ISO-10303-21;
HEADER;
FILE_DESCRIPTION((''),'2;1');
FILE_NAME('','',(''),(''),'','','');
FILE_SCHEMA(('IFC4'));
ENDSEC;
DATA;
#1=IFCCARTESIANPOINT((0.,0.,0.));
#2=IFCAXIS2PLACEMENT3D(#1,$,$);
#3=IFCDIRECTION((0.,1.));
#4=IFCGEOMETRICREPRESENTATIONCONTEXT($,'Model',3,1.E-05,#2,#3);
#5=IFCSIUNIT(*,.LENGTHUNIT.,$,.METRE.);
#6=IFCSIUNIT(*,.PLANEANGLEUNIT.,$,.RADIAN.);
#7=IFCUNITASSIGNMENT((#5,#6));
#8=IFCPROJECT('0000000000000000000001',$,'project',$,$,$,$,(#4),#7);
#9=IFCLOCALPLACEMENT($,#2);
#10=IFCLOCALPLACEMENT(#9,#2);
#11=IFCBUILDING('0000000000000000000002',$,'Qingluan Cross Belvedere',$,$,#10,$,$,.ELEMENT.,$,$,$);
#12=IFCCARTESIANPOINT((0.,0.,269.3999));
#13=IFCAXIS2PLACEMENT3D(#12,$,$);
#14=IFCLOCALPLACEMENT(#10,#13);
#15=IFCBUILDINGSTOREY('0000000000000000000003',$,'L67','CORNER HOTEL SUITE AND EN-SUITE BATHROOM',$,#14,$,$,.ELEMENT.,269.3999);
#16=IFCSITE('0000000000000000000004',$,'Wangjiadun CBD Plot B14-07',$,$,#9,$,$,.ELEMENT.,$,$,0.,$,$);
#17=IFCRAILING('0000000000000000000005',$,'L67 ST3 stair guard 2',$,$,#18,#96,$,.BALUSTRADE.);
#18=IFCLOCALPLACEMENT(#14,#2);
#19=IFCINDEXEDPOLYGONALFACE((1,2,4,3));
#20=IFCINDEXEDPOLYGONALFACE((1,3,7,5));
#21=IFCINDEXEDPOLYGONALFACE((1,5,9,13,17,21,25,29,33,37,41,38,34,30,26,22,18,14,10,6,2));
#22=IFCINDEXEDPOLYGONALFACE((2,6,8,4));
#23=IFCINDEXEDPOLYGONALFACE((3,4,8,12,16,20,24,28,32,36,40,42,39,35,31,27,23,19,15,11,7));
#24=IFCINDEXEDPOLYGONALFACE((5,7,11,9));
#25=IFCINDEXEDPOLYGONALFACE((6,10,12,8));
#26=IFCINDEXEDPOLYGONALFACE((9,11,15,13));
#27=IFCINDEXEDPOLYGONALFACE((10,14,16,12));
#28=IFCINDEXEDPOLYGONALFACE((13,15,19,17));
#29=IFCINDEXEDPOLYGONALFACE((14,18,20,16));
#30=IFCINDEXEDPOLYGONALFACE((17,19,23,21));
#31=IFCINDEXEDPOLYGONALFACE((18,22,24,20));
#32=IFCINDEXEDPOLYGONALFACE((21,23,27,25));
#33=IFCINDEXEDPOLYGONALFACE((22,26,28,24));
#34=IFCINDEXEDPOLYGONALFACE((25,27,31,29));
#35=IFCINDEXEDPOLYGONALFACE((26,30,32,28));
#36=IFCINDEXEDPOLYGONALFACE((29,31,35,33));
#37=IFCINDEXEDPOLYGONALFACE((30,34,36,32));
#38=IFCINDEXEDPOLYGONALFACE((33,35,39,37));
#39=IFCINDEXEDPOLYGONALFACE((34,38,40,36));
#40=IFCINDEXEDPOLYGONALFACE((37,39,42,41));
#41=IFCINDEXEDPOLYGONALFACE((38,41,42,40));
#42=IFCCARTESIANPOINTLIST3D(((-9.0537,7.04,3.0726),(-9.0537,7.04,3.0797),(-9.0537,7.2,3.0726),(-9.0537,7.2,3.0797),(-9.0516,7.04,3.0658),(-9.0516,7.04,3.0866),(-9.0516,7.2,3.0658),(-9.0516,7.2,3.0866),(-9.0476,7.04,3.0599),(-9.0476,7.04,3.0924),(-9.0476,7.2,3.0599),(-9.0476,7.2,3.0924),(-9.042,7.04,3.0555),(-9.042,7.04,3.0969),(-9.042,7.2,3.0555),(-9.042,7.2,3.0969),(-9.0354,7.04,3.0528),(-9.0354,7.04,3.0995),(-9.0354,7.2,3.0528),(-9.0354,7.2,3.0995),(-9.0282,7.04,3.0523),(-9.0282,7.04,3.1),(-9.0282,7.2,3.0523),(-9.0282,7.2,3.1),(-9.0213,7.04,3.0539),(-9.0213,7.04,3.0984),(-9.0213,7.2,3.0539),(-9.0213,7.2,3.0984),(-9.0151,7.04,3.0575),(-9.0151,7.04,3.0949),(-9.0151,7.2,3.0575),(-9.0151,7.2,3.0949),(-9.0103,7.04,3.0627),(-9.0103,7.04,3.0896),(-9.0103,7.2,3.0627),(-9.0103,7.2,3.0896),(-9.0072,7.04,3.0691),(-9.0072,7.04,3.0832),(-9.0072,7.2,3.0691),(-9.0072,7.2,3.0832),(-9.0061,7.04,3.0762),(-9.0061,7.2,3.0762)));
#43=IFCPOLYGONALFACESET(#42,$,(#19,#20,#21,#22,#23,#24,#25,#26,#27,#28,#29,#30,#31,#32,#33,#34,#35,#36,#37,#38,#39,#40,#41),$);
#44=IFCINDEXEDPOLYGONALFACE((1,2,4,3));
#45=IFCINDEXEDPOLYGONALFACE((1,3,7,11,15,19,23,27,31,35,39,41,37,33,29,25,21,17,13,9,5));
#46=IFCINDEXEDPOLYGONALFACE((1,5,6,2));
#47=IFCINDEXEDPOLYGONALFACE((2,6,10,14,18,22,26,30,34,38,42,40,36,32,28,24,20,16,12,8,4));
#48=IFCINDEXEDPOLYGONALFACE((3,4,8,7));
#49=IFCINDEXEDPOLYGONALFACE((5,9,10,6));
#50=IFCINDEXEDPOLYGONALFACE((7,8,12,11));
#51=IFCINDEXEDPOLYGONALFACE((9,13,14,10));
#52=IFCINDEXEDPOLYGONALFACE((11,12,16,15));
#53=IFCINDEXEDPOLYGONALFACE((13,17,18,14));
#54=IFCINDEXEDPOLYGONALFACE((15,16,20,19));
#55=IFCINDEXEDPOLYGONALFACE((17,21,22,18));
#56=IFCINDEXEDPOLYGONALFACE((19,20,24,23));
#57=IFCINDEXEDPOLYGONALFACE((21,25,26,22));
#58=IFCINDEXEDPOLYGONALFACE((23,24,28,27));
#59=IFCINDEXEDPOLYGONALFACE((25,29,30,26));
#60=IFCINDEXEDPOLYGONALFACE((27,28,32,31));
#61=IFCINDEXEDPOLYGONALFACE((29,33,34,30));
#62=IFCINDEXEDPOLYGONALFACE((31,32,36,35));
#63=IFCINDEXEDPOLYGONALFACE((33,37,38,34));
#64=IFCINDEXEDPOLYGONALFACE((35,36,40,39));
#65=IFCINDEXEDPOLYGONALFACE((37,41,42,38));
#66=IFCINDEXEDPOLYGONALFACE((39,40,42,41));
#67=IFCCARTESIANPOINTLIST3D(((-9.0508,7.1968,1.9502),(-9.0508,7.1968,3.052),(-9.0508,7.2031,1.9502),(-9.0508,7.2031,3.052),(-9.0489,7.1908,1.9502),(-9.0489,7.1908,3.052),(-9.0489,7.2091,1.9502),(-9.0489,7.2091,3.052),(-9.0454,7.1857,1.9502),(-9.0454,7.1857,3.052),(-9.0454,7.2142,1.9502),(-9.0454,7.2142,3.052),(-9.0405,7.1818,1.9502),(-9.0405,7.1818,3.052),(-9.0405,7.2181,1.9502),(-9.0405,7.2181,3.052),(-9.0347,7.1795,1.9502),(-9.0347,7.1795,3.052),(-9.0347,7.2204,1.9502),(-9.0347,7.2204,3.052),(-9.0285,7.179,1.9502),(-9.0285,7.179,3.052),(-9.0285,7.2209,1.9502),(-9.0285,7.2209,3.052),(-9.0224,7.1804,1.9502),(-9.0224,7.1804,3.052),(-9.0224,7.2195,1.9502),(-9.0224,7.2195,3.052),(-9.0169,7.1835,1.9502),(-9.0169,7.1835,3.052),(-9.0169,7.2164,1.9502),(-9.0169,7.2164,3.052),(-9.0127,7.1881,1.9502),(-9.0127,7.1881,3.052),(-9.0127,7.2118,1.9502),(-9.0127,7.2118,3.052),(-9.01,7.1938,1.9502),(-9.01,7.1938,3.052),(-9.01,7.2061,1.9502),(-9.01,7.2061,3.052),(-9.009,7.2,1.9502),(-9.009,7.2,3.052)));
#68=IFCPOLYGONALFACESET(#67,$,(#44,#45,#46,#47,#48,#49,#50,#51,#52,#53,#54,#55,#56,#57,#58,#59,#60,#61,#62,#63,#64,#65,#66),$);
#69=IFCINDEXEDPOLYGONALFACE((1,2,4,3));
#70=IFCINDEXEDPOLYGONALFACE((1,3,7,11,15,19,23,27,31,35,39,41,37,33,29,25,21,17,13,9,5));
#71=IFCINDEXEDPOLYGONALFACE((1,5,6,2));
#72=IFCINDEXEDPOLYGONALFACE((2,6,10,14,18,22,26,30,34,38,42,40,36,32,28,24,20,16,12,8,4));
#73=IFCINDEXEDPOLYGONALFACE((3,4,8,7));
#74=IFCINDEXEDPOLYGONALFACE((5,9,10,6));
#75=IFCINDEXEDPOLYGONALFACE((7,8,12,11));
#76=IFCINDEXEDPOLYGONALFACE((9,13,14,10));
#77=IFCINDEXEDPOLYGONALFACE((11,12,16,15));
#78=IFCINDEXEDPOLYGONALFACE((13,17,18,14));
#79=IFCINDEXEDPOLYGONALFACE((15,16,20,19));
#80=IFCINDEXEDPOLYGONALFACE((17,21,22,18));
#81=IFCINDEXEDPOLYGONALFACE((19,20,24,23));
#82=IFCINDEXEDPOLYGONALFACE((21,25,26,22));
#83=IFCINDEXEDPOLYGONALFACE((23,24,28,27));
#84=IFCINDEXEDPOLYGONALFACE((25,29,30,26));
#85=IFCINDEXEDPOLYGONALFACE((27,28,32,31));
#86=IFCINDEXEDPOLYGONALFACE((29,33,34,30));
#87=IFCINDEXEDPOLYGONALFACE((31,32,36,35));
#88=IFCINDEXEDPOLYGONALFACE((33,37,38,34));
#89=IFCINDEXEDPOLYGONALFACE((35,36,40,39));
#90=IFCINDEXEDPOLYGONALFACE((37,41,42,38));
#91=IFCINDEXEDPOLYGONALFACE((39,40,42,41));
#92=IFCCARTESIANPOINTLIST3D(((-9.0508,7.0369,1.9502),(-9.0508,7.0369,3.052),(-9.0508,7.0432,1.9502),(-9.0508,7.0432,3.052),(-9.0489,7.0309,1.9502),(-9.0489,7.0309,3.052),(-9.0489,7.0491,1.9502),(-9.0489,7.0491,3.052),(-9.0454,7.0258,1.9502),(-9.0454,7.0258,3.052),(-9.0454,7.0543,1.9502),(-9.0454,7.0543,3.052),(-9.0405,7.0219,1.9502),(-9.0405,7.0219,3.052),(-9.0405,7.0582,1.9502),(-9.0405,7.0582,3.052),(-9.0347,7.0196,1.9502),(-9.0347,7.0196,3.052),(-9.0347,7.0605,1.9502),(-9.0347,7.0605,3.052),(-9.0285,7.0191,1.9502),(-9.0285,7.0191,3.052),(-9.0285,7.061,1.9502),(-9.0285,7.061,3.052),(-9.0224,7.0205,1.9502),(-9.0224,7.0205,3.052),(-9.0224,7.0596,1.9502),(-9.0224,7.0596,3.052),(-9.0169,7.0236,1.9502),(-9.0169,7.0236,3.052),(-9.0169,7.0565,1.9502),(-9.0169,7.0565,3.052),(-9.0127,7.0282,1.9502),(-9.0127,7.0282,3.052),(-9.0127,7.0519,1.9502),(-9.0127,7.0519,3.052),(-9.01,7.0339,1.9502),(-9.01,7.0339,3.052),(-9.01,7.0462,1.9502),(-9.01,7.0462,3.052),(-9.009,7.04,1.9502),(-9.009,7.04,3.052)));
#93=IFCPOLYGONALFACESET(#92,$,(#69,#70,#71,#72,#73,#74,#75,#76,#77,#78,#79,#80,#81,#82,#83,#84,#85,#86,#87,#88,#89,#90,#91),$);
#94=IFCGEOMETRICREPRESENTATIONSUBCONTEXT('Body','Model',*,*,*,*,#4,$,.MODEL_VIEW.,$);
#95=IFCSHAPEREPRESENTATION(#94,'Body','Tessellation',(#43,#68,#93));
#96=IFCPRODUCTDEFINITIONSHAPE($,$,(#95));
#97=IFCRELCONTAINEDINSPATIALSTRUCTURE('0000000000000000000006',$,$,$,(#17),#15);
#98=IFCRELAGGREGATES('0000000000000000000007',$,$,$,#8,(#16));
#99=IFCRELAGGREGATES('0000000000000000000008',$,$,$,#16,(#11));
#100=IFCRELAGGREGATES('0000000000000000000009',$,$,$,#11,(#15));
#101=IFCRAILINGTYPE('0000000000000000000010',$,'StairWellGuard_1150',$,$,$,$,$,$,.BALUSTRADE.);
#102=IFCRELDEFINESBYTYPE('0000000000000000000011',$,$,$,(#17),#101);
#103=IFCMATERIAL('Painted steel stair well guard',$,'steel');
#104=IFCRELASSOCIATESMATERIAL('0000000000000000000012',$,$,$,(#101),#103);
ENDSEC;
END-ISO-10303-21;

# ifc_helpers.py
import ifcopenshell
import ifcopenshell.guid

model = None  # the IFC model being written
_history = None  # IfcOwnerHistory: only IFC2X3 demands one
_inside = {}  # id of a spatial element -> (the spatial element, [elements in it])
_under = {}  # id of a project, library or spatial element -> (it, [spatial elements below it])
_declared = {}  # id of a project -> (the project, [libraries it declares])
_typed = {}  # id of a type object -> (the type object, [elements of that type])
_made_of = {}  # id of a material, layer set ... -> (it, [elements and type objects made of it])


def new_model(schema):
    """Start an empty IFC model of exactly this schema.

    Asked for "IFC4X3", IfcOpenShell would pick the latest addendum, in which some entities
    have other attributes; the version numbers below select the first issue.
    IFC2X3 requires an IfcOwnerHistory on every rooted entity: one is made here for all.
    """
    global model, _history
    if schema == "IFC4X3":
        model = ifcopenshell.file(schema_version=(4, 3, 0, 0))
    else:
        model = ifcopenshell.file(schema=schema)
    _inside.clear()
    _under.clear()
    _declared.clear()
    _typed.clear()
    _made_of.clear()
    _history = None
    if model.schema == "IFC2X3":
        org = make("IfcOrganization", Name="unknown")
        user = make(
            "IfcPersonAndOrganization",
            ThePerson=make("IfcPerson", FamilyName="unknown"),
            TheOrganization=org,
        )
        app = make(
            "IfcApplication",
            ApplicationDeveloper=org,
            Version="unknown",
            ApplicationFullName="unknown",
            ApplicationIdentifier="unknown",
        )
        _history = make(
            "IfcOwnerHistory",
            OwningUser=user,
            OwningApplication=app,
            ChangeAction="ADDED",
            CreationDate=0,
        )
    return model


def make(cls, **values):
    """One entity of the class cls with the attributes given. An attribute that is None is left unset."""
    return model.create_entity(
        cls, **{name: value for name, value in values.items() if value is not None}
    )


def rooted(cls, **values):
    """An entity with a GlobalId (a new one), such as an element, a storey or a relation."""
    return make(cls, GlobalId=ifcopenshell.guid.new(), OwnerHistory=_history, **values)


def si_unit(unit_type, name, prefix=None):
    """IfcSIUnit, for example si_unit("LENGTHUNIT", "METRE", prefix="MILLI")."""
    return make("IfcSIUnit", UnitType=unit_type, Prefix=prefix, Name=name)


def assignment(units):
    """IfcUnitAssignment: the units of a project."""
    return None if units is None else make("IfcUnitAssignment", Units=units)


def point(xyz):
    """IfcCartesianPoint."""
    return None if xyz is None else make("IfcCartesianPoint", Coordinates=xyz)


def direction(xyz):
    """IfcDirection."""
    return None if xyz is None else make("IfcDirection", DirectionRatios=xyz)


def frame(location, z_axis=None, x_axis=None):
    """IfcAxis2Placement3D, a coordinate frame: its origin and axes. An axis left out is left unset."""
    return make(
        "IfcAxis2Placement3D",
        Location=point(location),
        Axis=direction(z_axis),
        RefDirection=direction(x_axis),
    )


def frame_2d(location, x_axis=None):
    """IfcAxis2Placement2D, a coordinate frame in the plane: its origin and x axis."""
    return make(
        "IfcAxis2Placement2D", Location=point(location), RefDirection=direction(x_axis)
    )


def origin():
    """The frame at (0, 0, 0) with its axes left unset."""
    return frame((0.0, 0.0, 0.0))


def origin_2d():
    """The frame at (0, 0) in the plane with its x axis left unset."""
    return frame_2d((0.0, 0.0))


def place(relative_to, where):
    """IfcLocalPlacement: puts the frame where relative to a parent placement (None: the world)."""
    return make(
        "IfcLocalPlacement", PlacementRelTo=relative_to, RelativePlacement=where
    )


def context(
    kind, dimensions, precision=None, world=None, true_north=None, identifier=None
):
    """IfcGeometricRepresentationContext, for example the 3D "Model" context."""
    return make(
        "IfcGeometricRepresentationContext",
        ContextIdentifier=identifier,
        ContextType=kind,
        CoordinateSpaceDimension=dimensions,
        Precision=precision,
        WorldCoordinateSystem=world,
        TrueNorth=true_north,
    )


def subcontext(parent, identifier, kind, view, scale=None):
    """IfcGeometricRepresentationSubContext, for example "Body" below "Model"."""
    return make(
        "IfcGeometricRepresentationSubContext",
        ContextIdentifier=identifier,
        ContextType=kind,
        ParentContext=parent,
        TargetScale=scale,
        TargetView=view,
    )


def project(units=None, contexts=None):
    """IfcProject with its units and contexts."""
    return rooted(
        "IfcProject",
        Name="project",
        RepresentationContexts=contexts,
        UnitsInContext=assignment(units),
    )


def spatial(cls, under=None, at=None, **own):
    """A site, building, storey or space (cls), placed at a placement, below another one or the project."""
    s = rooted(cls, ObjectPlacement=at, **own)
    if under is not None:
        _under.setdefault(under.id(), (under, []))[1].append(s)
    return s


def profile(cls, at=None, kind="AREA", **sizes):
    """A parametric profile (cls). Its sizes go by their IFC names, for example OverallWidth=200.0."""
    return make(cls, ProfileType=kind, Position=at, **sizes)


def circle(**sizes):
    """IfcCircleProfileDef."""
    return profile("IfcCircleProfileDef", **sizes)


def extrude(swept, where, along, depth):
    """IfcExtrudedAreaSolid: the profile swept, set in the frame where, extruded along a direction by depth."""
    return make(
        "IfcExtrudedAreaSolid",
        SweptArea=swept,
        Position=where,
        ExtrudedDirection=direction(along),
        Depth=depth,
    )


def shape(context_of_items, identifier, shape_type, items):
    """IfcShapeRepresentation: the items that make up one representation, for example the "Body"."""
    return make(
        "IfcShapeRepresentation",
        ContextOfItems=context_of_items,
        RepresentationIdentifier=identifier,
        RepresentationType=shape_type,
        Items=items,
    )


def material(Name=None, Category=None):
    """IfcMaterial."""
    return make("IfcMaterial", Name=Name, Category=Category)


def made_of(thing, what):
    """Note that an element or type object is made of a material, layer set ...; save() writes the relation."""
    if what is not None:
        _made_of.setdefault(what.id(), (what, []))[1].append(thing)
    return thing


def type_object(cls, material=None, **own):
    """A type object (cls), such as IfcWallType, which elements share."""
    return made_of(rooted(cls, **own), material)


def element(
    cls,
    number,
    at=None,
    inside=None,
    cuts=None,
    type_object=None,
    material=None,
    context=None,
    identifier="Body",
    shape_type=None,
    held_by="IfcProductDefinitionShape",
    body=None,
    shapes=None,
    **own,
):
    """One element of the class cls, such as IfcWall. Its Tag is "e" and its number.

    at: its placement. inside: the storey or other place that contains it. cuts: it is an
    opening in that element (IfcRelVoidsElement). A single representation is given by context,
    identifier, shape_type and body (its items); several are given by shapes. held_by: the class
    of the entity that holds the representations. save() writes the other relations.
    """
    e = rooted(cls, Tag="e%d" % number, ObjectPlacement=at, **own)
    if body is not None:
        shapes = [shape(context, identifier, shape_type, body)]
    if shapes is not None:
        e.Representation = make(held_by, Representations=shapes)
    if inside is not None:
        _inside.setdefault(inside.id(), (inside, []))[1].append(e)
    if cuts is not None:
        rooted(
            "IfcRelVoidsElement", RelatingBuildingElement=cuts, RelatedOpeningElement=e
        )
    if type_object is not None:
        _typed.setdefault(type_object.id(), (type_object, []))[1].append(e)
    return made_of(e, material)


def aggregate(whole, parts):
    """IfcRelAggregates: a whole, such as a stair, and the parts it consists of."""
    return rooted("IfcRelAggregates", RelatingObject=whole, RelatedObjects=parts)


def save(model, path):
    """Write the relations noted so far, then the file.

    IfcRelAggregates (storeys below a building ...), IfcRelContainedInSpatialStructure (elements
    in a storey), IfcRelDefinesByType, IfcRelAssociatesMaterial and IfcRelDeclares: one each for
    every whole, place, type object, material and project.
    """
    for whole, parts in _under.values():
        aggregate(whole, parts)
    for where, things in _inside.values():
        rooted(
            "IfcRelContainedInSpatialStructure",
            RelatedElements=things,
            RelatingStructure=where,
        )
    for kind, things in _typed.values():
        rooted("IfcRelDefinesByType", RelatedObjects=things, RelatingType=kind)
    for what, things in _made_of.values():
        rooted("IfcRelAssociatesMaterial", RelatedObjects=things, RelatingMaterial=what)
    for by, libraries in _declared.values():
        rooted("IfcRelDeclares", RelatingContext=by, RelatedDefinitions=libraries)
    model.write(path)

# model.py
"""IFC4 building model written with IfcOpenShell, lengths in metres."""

from ifc_helpers import new_model, si_unit, direction, frame, origin, origin_2d, place, context, subcontext, project, spatial, circle, extrude, material, type_object, element, save


model = new_model("IFC4")

# Units and contexts
model_context = context("Model", 3, precision=1e-05, world=origin(), true_north=direction((0.0, 1.0)))
body_context = subcontext(model_context, "Body", "Model", "MODEL_VIEW")
ifc_project = project(units=[si_unit("LENGTHUNIT", "METRE"), si_unit("PLANEANGLEUNIT", "RADIAN")], contexts=[model_context])

# Site, building, storey
site_placement = place(None, origin())
site = spatial("IfcSite", under=ifc_project, at=site_placement, Name="Wangjiadun CBD Plot B14-07", CompositionType="ELEMENT", RefElevation=0.0)
building_placement = place(site_placement, origin())
building = spatial("IfcBuilding", under=site, at=building_placement, Name="Qingluan Cross Belvedere", CompositionType="ELEMENT")
storey_placement = place(building_placement, frame((0.0, 0.0, 269.3999)))
storey = spatial("IfcBuildingStorey", under=building, at=storey_placement, Name="L67", Description="CORNER HOTEL SUITE AND EN-SUITE BATHROOM", CompositionType="ELEMENT", Elevation=269.3999)

# Railing
ifc_material_1 = material(Name="Painted steel stair well guard", Category="steel")
railing_type_1 = type_object("IfcRailingType", Name="StairWellGuard_1150", PredefinedType="BALUSTRADE", material=ifc_material_1)
railing_1_placement = place(storey_placement, frame((-9.03, 7.2, 1.9502)))
element("IfcRailing", 1, at=railing_1_placement, inside=storey, type_object=railing_type_1, Name="L67 ST3 stair guard 2", PredefinedType="BALUSTRADE", context=body_context, shape_type="SweptSolid", body=[
    extrude(circle(Radius=0.0239, at=origin_2d()), frame((0.0, 0.0, 1.126), z_axis=(0.0, -1.0, 0.0), x_axis=(1.0, 0.0, 0.0)), (0.0, 0.0, 1.0), 0.1599),
    extrude(circle(Radius=0.021, at=origin_2d()), origin(), (0.0, 0.0, 1.0), 1.1018),
    extrude(circle(Radius=0.021, at=origin_2d()), frame((0.0, -0.1599, 0.0)), (0.0, 0.0, 1.0), 1.1018),
])

save(model, "model.ifc")
